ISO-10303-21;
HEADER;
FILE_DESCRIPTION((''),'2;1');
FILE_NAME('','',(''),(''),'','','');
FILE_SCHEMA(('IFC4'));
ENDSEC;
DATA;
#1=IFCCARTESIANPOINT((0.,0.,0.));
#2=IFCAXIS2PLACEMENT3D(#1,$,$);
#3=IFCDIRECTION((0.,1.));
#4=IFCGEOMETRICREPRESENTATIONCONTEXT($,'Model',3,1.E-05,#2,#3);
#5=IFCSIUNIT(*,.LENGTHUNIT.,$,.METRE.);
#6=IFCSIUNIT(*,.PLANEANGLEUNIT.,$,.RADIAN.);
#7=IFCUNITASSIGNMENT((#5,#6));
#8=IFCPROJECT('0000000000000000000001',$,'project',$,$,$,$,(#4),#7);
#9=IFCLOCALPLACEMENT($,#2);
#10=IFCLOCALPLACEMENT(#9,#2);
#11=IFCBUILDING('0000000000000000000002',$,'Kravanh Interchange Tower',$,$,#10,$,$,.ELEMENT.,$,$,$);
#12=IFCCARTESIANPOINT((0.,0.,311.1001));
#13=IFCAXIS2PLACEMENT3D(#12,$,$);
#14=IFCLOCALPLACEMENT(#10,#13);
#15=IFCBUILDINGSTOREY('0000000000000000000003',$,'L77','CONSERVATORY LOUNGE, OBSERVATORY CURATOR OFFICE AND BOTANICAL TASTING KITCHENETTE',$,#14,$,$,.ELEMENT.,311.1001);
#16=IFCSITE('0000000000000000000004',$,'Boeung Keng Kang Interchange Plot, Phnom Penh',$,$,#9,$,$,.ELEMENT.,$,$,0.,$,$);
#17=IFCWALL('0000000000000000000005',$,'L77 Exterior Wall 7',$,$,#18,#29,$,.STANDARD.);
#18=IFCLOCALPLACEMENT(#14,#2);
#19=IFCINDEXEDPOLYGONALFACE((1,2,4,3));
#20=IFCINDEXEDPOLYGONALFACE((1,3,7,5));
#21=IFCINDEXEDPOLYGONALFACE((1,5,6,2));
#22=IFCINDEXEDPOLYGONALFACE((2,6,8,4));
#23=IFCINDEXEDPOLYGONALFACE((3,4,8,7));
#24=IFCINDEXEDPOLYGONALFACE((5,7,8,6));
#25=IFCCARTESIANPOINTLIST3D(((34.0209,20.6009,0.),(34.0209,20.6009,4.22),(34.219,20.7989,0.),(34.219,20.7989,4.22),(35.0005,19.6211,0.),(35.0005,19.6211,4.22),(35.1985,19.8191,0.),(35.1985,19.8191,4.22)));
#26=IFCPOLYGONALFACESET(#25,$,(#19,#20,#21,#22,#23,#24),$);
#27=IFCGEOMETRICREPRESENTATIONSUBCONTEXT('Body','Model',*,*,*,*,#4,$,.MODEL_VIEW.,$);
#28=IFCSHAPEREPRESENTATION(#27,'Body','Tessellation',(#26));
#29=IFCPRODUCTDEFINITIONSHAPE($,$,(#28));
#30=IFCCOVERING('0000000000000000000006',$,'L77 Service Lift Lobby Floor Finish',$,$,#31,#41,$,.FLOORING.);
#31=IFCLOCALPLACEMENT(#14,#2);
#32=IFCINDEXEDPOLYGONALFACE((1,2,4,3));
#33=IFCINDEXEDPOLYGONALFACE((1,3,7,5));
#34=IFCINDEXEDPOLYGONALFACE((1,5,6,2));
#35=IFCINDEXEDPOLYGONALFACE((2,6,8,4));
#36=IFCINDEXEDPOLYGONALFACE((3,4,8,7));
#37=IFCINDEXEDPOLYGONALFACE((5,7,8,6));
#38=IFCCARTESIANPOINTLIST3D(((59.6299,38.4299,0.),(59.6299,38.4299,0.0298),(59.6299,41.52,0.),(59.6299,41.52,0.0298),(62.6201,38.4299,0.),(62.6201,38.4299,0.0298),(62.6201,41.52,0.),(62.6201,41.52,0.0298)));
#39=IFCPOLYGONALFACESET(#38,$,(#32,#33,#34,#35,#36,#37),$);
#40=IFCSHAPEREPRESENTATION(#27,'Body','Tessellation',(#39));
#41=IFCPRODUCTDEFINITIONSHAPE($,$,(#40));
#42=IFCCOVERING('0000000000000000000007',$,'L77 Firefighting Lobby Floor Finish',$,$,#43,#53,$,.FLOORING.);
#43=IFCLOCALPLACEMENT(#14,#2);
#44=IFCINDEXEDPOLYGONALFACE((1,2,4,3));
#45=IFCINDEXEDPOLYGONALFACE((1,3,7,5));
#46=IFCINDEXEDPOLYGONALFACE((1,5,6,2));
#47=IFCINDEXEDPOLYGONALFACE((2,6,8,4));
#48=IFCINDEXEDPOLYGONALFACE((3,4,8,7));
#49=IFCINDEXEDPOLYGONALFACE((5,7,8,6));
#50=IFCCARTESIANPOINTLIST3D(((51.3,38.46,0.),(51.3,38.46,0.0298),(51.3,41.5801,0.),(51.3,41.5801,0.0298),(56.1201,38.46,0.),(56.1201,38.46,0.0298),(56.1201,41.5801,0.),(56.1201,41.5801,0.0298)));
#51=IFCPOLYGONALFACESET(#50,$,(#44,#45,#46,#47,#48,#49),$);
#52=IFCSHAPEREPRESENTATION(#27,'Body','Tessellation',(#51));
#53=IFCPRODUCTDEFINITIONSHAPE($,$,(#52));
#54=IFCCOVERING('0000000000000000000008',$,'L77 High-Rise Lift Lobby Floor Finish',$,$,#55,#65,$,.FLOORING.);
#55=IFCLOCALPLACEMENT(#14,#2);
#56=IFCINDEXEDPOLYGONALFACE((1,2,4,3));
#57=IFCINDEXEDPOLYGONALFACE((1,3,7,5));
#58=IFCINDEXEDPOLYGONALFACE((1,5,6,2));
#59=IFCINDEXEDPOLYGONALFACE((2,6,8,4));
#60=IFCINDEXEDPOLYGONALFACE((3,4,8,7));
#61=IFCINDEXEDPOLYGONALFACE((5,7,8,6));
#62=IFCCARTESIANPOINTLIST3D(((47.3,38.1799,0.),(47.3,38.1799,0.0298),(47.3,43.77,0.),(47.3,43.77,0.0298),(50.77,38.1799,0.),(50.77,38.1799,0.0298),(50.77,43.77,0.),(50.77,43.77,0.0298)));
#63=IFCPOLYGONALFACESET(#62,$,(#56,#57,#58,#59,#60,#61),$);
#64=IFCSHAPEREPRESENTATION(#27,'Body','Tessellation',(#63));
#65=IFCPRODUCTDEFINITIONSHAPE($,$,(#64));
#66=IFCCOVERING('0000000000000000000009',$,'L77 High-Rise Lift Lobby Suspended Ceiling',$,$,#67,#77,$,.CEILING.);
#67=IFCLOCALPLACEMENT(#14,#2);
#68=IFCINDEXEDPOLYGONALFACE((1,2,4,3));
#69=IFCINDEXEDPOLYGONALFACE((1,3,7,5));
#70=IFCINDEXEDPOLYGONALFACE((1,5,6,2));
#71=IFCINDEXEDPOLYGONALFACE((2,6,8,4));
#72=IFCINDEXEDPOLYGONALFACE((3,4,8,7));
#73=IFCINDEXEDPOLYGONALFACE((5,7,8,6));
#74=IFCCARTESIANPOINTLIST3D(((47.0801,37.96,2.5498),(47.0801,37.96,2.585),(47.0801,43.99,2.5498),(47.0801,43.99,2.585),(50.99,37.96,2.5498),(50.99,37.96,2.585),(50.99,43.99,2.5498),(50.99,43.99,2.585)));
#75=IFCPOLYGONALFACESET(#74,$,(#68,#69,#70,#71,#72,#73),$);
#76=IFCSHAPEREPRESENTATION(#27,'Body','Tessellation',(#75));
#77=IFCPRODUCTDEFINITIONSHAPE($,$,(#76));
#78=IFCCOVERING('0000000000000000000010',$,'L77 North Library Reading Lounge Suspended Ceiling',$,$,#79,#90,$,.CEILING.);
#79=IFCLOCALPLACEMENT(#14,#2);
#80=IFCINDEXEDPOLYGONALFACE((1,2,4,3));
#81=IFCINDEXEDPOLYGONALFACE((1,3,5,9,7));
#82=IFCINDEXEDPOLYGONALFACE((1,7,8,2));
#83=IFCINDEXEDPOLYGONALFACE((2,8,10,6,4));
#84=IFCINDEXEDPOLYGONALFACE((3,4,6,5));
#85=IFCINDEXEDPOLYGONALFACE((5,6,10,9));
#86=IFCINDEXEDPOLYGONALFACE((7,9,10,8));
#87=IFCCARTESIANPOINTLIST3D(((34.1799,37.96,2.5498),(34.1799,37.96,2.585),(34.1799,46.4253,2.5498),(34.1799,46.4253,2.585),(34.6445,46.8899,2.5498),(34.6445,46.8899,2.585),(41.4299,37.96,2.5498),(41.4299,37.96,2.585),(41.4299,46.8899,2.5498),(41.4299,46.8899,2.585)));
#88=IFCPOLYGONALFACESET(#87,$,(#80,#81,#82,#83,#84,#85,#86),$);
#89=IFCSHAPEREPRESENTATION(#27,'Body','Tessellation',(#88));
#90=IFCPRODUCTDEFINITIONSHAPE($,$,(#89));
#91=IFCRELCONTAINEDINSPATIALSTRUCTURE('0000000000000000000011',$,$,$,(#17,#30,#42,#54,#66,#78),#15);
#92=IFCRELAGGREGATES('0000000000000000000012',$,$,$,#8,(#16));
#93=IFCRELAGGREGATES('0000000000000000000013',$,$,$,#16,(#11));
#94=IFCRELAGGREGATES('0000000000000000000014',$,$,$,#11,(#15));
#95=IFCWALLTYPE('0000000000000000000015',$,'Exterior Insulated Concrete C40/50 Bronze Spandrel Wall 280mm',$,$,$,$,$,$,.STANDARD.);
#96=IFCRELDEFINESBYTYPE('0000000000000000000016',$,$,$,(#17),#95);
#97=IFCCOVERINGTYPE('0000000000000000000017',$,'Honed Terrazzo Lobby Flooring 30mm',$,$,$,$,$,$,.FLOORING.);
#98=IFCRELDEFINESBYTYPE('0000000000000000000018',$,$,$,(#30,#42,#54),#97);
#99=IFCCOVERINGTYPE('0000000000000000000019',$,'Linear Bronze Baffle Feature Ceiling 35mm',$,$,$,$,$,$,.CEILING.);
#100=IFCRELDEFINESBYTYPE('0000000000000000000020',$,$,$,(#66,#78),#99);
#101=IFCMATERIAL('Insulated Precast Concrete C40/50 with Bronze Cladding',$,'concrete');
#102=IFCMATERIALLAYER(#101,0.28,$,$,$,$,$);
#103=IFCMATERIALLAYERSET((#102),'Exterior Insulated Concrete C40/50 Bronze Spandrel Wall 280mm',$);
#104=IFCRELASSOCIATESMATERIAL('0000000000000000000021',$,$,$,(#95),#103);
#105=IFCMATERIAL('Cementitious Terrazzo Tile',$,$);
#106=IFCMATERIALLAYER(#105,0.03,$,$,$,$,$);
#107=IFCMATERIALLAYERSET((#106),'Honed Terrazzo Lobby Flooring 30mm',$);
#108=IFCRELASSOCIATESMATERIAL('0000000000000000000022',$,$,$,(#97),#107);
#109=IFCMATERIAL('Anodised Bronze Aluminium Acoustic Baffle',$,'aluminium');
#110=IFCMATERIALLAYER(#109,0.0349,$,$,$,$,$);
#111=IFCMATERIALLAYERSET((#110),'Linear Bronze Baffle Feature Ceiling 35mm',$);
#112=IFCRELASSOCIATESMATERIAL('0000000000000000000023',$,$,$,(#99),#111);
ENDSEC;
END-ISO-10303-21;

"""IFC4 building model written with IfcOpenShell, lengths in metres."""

from ifc_helpers import new_model, si_unit, direction, frame, frame_2d, origin, place, context, subcontext, project, spatial, polyline, rectangle, outline, extrude, material, layer, layer_set, type_object, element, save


model = new_model("IFC4")

# Units and contexts
model_context = context("Model", 3, precision=1e-05, world=origin(), true_north=direction((0.0, 1.0)))
body_context = subcontext(model_context, "Body", "Model", "MODEL_VIEW")
ifc_project = project(units=[si_unit("LENGTHUNIT", "METRE"), si_unit("PLANEANGLEUNIT", "RADIAN")], contexts=[model_context])

# Site, building, storey
site_placement = place(None, origin())
site = spatial("IfcSite", under=ifc_project, at=site_placement, Name="Boeung Keng Kang Interchange Plot, Phnom Penh", CompositionType="ELEMENT", RefElevation=0.0)
building_placement = place(site_placement, origin())
building = spatial("IfcBuilding", under=site, at=building_placement, Name="Kravanh Interchange Tower", CompositionType="ELEMENT")
storey_placement = place(building_placement, frame((0.0, 0.0, 311.1001)))
storey = spatial("IfcBuildingStorey", under=building, at=storey_placement, Name="L77", Description="CONSERVATORY LOUNGE, OBSERVATORY CURATOR OFFICE AND BOTANICAL TASTING KITCHENETTE", CompositionType="ELEMENT", Elevation=311.1001)

# Wall
ifc_material_1 = material(Name="Insulated Precast Concrete C40/50 with Bronze Cladding", Category="concrete")
ifc_layer_1 = layer(ifc_material_1, 0.28)
ifc_layer_set_1 = layer_set([ifc_layer_1], Name="Exterior Insulated Concrete C40/50 Bronze Spandrel Wall 280mm")
wall_type = type_object("IfcWallType", Name="Exterior Insulated Concrete C40/50 Bronze Spandrel Wall 280mm", PredefinedType="STANDARD", material=ifc_layer_set_1)
wall_1_placement = place(storey_placement, frame((35.0996, 19.72, 0.0), z_axis=(0.0, 0.0, 1.0), x_axis=(-0.707019, 0.707195, 0.0)))
element("IfcWall", 1, at=wall_1_placement, inside=storey, type_object=wall_type, Name="L77 Exterior Wall 7", PredefinedType="STANDARD", context=body_context, shape_type="SweptSolid", body=[
    extrude(rectangle(XDim=1.3855, YDim=0.28, at=frame_2d((0.6929, 0.0))), origin(), (0.0, 0.0, 1.0), 4.22),
])

# Coverings
ifc_material_2 = material(Name="Cementitious Terrazzo Tile")
ifc_layer_2 = layer(ifc_material_2, 0.03)
ifc_layer_set_2 = layer_set([ifc_layer_2], Name="Honed Terrazzo Lobby Flooring 30mm")
covering_type_1 = type_object("IfcCoveringType", Name="Honed Terrazzo Lobby Flooring 30mm", PredefinedType="FLOORING", material=ifc_layer_set_2)
covering_1_placement = place(storey_placement, origin())
element("IfcCovering", 2, at=covering_1_placement, inside=storey, type_object=covering_type_1, Name="L77 Service Lift Lobby Floor Finish", PredefinedType="FLOORING", context=body_context, shape_type="SweptSolid", body=[
    extrude(outline(polyline([(59.6299, 41.52), (62.6201, 41.52), (62.6201, 38.4299), (59.6299, 38.4299), (59.6299, 41.52)])), origin(), (0.0, 0.0, 1.0), 0.0298),
])
covering_2_placement = place(storey_placement, origin())
element("IfcCovering", 3, at=covering_2_placement, inside=storey, type_object=covering_type_1, Name="L77 Firefighting Lobby Floor Finish", PredefinedType="FLOORING", context=body_context, shape_type="SweptSolid", body=[
    extrude(outline(polyline([(56.1201, 38.46), (51.3, 38.46), (51.3, 41.5801), (56.1201, 41.5801), (56.1201, 38.46)])), origin(), (0.0, 0.0, 1.0), 0.0298),
])
covering_3_placement = place(storey_placement, origin())
element("IfcCovering", 4, at=covering_3_placement, inside=storey, type_object=covering_type_1, Name="L77 High-Rise Lift Lobby Floor Finish", PredefinedType="FLOORING", context=body_context, shape_type="SweptSolid", body=[
    extrude(outline(polyline([(47.3, 43.77), (50.77, 43.77), (50.77, 38.1799), (47.3, 38.1799), (47.3, 43.77)])), origin(), (0.0, 0.0, 1.0), 0.0298),
])
ifc_material_3 = material(Name="Anodised Bronze Aluminium Acoustic Baffle", Category="aluminium")
ifc_layer_3 = layer(ifc_material_3, 0.0349)
ifc_layer_set_3 = layer_set([ifc_layer_3], Name="Linear Bronze Baffle Feature Ceiling 35mm")
covering_type_2 = type_object("IfcCoveringType", Name="Linear Bronze Baffle Feature Ceiling 35mm", PredefinedType="CEILING", material=ifc_layer_set_3)
covering_4_placement = place(storey_placement, frame((0.0, 0.0, 2.5498)))
element("IfcCovering", 5, at=covering_4_placement, inside=storey, type_object=covering_type_2, Name="L77 High-Rise Lift Lobby Suspended Ceiling", PredefinedType="CEILING", context=body_context, shape_type="SweptSolid", body=[
    extrude(outline(polyline([(50.99, 37.96), (47.0801, 37.96), (47.0801, 43.99), (50.99, 43.99), (50.99, 37.96)])), origin(), (0.0, 0.0, 1.0), 0.0352),
])
covering_5_placement = place(storey_placement, frame((0.0, 0.0, 2.5498)))
element("IfcCovering", 6, at=covering_5_placement, inside=storey, type_object=covering_type_2, Name="L77 North Library Reading Lounge Suspended Ceiling", PredefinedType="CEILING", context=body_context, shape_type="SweptSolid", body=[
    extrude(outline(polyline([(41.4299, 37.96), (34.1799, 37.96), (34.1799, 46.4253), (34.6445, 46.8899), (41.4299, 46.8899), (41.4299, 37.96)])), origin(), (0.0, 0.0, 1.0), 0.0352),
])

save(model, "model.ifc")
